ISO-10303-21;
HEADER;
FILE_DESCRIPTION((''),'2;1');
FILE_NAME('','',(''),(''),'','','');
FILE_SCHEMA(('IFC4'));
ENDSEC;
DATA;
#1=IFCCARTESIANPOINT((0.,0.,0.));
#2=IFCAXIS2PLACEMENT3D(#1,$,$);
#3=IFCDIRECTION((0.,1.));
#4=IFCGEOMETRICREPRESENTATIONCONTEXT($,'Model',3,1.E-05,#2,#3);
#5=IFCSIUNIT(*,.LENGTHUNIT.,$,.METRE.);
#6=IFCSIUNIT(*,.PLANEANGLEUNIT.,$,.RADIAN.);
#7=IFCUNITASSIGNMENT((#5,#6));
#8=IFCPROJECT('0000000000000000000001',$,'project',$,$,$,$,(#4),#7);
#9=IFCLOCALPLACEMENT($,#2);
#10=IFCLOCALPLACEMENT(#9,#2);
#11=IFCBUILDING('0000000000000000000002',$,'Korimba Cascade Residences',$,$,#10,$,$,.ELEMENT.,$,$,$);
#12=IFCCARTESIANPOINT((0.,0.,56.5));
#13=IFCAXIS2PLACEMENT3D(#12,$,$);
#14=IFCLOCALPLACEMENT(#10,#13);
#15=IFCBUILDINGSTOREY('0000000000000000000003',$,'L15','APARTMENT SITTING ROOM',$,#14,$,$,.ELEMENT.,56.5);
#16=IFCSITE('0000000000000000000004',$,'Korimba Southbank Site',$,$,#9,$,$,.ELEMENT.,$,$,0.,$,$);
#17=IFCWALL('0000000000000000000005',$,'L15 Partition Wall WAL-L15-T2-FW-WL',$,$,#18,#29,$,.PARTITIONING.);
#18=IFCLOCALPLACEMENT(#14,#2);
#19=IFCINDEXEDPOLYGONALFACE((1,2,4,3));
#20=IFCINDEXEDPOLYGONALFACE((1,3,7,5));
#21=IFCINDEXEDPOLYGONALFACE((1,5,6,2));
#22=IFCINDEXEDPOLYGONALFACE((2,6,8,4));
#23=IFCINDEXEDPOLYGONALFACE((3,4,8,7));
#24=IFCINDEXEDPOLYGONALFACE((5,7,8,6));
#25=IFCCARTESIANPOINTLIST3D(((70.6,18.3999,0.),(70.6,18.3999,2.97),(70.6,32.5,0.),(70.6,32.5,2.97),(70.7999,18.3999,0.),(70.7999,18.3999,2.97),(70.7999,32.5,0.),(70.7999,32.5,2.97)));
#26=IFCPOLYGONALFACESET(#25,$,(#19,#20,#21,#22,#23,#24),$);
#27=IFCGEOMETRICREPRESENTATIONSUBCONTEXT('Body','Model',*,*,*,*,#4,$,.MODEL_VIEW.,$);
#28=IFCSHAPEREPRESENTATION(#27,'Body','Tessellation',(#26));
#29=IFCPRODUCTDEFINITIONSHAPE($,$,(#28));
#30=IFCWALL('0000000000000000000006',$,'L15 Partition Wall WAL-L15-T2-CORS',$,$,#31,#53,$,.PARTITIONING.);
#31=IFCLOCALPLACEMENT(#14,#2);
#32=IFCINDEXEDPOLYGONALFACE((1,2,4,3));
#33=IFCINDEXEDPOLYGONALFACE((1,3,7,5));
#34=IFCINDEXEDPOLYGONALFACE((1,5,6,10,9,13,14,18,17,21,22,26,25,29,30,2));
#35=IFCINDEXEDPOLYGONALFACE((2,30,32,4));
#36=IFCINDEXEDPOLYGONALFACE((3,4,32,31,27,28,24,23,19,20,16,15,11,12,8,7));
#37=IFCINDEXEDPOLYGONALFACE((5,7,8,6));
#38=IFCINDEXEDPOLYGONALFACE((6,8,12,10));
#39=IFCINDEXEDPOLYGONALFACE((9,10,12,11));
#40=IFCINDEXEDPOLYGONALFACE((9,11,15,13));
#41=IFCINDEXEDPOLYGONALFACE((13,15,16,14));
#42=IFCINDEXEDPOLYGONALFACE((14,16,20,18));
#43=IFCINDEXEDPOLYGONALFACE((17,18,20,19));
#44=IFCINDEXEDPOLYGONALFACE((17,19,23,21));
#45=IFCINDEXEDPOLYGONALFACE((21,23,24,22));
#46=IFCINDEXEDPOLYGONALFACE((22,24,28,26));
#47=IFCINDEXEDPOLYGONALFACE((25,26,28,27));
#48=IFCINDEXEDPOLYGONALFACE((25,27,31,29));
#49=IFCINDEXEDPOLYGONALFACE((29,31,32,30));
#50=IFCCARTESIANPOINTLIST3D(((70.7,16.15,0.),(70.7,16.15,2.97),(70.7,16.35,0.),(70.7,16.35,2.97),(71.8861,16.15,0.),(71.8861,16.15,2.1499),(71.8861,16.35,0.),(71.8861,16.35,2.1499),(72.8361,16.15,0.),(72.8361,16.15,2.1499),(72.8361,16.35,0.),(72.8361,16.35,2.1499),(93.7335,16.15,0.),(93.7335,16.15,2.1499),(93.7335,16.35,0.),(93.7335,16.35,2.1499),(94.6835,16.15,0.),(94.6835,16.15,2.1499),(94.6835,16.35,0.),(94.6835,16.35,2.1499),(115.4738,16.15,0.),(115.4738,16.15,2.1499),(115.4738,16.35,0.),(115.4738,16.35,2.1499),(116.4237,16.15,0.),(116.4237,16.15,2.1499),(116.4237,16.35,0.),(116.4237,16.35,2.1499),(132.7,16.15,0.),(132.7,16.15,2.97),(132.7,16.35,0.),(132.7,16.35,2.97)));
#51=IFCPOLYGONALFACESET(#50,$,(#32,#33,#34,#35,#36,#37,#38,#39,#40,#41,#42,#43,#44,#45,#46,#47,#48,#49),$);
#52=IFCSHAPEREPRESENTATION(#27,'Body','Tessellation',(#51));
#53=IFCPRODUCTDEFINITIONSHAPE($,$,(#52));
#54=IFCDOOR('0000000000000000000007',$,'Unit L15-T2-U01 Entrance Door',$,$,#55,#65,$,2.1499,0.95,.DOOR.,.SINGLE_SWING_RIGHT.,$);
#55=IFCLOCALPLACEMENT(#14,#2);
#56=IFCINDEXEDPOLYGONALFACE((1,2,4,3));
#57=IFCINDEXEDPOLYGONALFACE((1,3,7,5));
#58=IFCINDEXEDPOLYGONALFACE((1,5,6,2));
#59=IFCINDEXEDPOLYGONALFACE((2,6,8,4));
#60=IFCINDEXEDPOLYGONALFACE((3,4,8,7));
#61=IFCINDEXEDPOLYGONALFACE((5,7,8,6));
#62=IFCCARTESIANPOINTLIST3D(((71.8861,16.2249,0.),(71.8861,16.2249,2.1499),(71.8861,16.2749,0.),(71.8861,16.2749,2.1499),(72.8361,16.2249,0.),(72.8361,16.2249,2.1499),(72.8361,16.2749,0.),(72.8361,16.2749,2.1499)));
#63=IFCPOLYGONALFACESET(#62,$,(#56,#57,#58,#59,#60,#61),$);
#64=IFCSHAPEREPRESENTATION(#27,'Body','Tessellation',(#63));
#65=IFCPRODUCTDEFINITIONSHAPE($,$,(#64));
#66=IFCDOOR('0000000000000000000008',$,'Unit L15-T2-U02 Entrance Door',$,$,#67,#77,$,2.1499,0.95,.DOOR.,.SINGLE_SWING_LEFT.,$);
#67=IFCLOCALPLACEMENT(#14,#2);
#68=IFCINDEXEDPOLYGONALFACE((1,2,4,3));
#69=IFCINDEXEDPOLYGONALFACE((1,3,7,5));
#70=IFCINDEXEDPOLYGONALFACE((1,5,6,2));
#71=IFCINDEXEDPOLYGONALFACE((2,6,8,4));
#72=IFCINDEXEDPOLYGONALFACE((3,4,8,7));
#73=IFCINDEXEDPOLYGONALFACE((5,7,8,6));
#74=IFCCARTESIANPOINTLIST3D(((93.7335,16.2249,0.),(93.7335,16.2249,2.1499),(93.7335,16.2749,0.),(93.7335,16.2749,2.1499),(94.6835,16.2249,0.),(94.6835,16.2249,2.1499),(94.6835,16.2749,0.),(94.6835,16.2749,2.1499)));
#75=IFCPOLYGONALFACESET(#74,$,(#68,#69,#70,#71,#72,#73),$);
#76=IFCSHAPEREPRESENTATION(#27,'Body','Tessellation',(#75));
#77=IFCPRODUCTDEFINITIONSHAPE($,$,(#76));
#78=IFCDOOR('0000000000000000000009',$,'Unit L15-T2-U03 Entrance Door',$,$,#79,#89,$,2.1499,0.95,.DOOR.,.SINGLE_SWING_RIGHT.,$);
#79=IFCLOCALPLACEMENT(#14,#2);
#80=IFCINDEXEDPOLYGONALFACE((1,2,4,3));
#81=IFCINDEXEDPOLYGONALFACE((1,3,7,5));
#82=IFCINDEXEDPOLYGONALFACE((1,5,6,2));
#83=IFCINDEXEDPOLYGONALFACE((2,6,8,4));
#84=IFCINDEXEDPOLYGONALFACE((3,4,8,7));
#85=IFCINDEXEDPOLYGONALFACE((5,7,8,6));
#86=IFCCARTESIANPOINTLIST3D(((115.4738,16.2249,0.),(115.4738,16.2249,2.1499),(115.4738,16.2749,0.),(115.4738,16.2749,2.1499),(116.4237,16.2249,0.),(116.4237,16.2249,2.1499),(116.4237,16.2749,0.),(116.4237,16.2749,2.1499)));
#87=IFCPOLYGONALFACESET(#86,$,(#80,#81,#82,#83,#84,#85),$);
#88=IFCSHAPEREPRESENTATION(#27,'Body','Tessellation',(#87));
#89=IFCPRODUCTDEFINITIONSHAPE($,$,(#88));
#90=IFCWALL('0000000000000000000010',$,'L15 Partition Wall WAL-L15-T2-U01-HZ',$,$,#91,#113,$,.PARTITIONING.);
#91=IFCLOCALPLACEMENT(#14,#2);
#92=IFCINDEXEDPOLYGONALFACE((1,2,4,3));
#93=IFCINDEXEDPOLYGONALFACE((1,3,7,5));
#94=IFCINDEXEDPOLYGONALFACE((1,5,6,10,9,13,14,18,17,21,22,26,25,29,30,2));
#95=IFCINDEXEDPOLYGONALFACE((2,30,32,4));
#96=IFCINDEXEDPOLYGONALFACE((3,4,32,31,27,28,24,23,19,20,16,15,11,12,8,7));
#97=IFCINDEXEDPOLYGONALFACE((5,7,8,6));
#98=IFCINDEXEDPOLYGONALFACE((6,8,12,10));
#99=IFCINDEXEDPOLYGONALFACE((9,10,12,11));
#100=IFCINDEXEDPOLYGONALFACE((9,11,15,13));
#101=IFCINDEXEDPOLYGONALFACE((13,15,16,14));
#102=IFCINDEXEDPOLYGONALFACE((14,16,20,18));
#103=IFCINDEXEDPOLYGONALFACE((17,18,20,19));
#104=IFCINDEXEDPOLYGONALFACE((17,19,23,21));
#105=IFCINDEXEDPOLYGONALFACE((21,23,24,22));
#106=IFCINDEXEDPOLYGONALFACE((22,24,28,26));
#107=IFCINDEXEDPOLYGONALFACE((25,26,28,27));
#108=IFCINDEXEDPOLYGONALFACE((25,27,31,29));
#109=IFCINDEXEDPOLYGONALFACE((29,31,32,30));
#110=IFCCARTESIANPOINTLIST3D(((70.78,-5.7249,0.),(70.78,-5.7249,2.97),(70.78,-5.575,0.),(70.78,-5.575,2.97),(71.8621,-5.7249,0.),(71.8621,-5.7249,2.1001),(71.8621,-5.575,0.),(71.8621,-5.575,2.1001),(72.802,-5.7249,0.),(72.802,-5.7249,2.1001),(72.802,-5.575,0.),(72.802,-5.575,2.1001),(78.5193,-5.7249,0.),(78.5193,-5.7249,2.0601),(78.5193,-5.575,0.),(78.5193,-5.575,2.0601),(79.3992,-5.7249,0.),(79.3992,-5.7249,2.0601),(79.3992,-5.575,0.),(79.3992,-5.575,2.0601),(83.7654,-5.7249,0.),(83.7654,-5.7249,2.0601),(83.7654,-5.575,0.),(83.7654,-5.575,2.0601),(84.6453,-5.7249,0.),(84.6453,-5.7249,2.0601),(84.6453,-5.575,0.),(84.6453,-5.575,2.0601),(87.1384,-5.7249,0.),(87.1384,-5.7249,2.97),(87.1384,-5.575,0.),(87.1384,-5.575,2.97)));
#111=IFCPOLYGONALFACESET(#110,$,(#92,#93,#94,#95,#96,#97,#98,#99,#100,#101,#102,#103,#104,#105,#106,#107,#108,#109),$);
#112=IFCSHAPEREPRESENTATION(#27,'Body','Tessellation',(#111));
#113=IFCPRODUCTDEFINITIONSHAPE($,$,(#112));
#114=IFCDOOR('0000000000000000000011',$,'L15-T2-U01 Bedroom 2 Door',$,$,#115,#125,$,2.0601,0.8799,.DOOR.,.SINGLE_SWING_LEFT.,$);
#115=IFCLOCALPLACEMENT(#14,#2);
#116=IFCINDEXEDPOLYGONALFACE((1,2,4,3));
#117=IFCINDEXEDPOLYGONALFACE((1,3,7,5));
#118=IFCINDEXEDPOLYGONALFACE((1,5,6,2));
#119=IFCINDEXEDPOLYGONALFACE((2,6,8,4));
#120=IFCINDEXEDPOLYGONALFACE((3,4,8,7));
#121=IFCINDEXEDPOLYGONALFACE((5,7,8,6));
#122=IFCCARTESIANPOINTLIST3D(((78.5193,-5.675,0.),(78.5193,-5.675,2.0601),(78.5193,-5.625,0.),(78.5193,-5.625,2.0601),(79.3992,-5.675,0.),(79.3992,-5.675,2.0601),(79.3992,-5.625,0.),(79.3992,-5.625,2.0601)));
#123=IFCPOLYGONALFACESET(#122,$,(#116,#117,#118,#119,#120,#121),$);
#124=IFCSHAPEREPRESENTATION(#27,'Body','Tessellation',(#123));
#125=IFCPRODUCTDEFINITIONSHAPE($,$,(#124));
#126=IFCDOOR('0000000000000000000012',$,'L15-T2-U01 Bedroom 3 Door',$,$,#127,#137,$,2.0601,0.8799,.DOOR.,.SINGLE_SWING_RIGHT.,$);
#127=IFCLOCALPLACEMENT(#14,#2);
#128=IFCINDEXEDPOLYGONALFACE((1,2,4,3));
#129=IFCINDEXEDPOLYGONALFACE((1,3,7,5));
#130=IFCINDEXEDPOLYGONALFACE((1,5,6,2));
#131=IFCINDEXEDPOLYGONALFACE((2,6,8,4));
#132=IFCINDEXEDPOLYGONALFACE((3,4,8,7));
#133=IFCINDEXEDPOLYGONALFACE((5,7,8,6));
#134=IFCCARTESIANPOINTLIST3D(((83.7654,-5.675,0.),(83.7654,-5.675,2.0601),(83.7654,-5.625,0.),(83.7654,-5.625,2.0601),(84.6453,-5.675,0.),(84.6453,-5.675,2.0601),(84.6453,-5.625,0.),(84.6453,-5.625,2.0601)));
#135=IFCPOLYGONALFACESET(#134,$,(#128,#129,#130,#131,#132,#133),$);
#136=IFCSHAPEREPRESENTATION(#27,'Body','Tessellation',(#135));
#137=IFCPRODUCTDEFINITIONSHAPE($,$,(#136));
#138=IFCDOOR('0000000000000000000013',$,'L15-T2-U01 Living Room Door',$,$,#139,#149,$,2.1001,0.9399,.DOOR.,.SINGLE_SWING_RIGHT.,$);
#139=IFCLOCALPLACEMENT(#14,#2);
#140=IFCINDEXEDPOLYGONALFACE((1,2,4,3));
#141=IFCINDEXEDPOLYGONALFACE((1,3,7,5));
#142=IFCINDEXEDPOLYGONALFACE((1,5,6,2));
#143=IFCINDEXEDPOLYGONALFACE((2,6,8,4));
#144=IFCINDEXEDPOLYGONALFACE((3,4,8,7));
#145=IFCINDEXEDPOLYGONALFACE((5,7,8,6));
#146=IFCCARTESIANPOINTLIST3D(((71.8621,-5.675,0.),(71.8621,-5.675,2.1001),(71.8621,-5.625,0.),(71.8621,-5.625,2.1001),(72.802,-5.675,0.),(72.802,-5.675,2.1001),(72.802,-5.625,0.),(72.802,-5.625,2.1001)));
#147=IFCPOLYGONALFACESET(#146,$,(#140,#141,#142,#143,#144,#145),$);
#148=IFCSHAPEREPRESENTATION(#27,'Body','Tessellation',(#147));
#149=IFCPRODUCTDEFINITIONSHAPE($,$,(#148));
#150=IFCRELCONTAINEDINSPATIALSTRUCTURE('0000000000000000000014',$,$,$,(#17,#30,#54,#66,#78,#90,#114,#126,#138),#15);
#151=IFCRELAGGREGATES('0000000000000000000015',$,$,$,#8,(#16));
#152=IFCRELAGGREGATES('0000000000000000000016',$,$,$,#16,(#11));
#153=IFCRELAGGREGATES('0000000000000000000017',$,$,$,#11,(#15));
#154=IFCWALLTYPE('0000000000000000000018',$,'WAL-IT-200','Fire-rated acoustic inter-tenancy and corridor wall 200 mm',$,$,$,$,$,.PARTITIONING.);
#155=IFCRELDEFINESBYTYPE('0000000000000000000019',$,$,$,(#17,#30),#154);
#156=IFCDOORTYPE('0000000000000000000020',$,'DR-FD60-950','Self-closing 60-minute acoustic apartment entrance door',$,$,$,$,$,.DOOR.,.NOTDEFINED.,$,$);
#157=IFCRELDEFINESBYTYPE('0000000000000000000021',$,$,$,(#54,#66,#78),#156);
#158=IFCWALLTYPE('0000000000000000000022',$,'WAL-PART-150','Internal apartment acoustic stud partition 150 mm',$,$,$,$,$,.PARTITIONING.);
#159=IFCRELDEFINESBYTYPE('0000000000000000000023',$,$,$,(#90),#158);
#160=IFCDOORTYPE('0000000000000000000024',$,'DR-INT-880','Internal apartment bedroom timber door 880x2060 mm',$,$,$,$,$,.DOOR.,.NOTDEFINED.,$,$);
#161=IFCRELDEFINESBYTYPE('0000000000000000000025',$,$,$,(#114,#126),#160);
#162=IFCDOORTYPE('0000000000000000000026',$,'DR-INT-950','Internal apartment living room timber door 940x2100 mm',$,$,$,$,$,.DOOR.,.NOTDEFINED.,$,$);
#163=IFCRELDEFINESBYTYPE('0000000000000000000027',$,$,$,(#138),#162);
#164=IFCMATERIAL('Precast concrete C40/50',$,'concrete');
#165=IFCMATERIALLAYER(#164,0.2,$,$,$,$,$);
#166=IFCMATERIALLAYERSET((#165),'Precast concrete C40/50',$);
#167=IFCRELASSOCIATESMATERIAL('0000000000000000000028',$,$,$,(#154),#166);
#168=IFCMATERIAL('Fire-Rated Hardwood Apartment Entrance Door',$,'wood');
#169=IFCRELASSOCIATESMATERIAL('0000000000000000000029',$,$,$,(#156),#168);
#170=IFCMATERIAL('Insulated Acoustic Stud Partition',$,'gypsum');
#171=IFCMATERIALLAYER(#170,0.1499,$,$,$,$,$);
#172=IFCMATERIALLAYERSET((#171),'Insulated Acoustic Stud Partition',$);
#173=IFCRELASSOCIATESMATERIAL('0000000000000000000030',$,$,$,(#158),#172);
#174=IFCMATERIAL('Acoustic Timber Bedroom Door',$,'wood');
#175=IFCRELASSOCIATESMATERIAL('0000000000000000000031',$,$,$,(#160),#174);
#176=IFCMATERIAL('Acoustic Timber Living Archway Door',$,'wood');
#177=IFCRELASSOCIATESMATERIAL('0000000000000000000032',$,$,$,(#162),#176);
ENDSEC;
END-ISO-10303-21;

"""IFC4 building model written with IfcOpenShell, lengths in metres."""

from ifc_helpers import new_model, si_unit, direction, frame, frame_2d, origin, place, context, subcontext, project, spatial, rectangle, extrude, material, layer, layer_set, type_object, element, fill, save


model = new_model("IFC4")

# Units and contexts
model_context = context("Model", 3, precision=1e-05, world=origin(), true_north=direction((0.0, 1.0)))
body_context = subcontext(model_context, "Body", "Model", "MODEL_VIEW")
ifc_project = project(units=[si_unit("LENGTHUNIT", "METRE"), si_unit("PLANEANGLEUNIT", "RADIAN")], contexts=[model_context])

# Site, building, storey
site_placement = place(None, origin())
site = spatial("IfcSite", under=ifc_project, at=site_placement, Name="Korimba Southbank Site", CompositionType="ELEMENT", RefElevation=0.0)
building_placement = place(site_placement, origin())
building = spatial("IfcBuilding", under=site, at=building_placement, Name="Korimba Cascade Residences", CompositionType="ELEMENT")
storey_placement = place(building_placement, frame((0.0, 0.0, 56.5)))
storey = spatial("IfcBuildingStorey", under=building, at=storey_placement, Name="L15", Description="APARTMENT SITTING ROOM", CompositionType="ELEMENT", Elevation=56.5)

# Wall
ifc_material_1 = material(Name="Precast concrete C40/50", Category="concrete")
ifc_layer_1 = layer(ifc_material_1, 0.2)
ifc_layer_set_1 = layer_set([ifc_layer_1], Name="Precast concrete C40/50")
wall_type_1 = type_object("IfcWallType", Name="WAL-IT-200", Description="Fire-rated acoustic inter-tenancy and corridor wall 200 mm", PredefinedType="PARTITIONING", material=ifc_layer_set_1)
wall_1_placement = place(storey_placement, frame((70.7, 18.3999, 0.0), z_axis=(0.0, 0.0, 1.0), x_axis=(0.0, 1.0, 0.0)))
element("IfcWall", 1, at=wall_1_placement, inside=storey, type_object=wall_type_1, Name="L15 Partition Wall WAL-L15-T2-FW-WL", PredefinedType="PARTITIONING", context=body_context, shape_type="SweptSolid", body=[
    extrude(rectangle(XDim=14.1001, YDim=0.2, at=frame_2d((7.05, 0.0))), origin(), (0.0, 0.0, 1.0), 2.97),
])

# Walls, openings, doors
wall_2_placement = place(storey_placement, frame((70.7, 16.25, 0.0), z_axis=(0.0, 0.0, 1.0), x_axis=(1.0, 0.0, 0.0)))
wall_2 = element("IfcWall", 2, at=wall_2_placement, inside=storey, type_object=wall_type_1, Name="L15 Partition Wall WAL-L15-T2-CORS", PredefinedType="PARTITIONING", context=body_context, shape_type="SweptSolid", body=[
    extrude(rectangle(XDim=62.0, YDim=0.2, at=frame_2d((31.0, 0.0))), origin(), (0.0, 0.0, 1.0), 2.97),
])
opening_1_placement = place(wall_2_placement, frame((1.186, 0.0, 0.0)))
opening_1 = element("IfcOpeningElement", 3, at=opening_1_placement, cuts=wall_2, PredefinedType="OPENING", context=body_context, shape_type="SweptSolid", body=[
    extrude(rectangle(XDim=0.95, YDim=2.1499, at=frame_2d((0.4751, 1.075))), frame((0.0, 0.1099, 0.0), z_axis=(0.0, -1.0, 0.0), x_axis=(1.0, 0.0, 0.0)), (0.0, 0.0, 1.0), 0.22),
])
opening_2_placement = place(wall_2_placement, frame((23.0334, 0.0, 0.0)))
opening_2 = element("IfcOpeningElement", 4, at=opening_2_placement, cuts=wall_2, PredefinedType="OPENING", context=body_context, shape_type="SweptSolid", body=[
    extrude(rectangle(XDim=0.95, YDim=2.1499, at=frame_2d((0.4751, 1.075))), frame((0.0, 0.1099, 0.0), z_axis=(0.0, -1.0, 0.0), x_axis=(1.0, 0.0, 0.0)), (0.0, 0.0, 1.0), 0.22),
])
opening_3_placement = place(wall_2_placement, frame((44.7737, 0.0, 0.0)))
opening_3 = element("IfcOpeningElement", 5, at=opening_3_placement, cuts=wall_2, PredefinedType="OPENING", context=body_context, shape_type="SweptSolid", body=[
    extrude(rectangle(XDim=0.95, YDim=2.1499, at=frame_2d((0.4751, 1.075))), frame((0.0, 0.1099, 0.0), z_axis=(0.0, -1.0, 0.0), x_axis=(1.0, 0.0, 0.0)), (0.0, 0.0, 1.0), 0.22),
])
ifc_material_2 = material(Name="Fire-Rated Hardwood Apartment Entrance Door", Category="wood")
door_type_1 = type_object("IfcDoorType", Name="DR-FD60-950", Description="Self-closing 60-minute acoustic apartment entrance door", OperationType="NOTDEFINED", PredefinedType="DOOR", material=ifc_material_2)
door_1_placement = place(opening_1_placement, origin())
door_1 = element("IfcDoor", 6, at=door_1_placement, inside=storey, type_object=door_type_1, Name="Unit L15-T2-U01 Entrance Door", OperationType="SINGLE_SWING_RIGHT", OverallHeight=2.1499, OverallWidth=0.95, PredefinedType="DOOR", context=body_context, shape_type="SweptSolid", body=[
    extrude(rectangle(XDim=0.95, YDim=2.1499, at=frame_2d((0.4751, 1.075))), frame((0.0, 0.0249, 0.0), z_axis=(0.0, -1.0, 0.0), x_axis=(1.0, 0.0, 0.0)), (0.0, 0.0, 1.0), 0.05),
])
fill(opening_1, door_1)
door_2_placement = place(opening_2_placement, origin())
door_2 = element("IfcDoor", 7, at=door_2_placement, inside=storey, type_object=door_type_1, Name="Unit L15-T2-U02 Entrance Door", OperationType="SINGLE_SWING_LEFT", OverallHeight=2.1499, OverallWidth=0.95, PredefinedType="DOOR", context=body_context, shape_type="SweptSolid", body=[
    extrude(rectangle(XDim=0.95, YDim=2.1499, at=frame_2d((0.4751, 1.075))), frame((0.0, 0.0249, 0.0), z_axis=(0.0, -1.0, 0.0), x_axis=(1.0, 0.0, 0.0)), (0.0, 0.0, 1.0), 0.05),
])
fill(opening_2, door_2)
door_3_placement = place(opening_3_placement, origin())
door_3 = element("IfcDoor", 8, at=door_3_placement, inside=storey, type_object=door_type_1, Name="Unit L15-T2-U03 Entrance Door", OperationType="SINGLE_SWING_RIGHT", OverallHeight=2.1499, OverallWidth=0.95, PredefinedType="DOOR", context=body_context, shape_type="SweptSolid", body=[
    extrude(rectangle(XDim=0.95, YDim=2.1499, at=frame_2d((0.4751, 1.075))), frame((0.0, 0.0249, 0.0), z_axis=(0.0, -1.0, 0.0), x_axis=(1.0, 0.0, 0.0)), (0.0, 0.0, 1.0), 0.05),
])
fill(opening_3, door_3)
ifc_material_3 = material(Name="Insulated Acoustic Stud Partition", Category="gypsum")
ifc_layer_2 = layer(ifc_material_3, 0.1499)
ifc_layer_set_2 = layer_set([ifc_layer_2], Name="Insulated Acoustic Stud Partition")
wall_type_2 = type_object("IfcWallType", Name="WAL-PART-150", Description="Internal apartment acoustic stud partition 150 mm", PredefinedType="PARTITIONING", material=ifc_layer_set_2)
wall_3_placement = place(storey_placement, frame((70.78, -5.6499, 0.0), z_axis=(0.0, 0.0, 1.0), x_axis=(1.0, 0.0, 0.0)))
wall_3 = element("IfcWall", 9, at=wall_3_placement, inside=storey, type_object=wall_type_2, Name="L15 Partition Wall WAL-L15-T2-U01-HZ", PredefinedType="PARTITIONING", context=body_context, shape_type="SweptSolid", body=[
    extrude(rectangle(XDim=16.3584, YDim=0.1499, at=frame_2d((8.1792, 0.0))), origin(), (0.0, 0.0, 1.0), 2.97),
])
opening_4_placement = place(wall_3_placement, frame((1.082, 0.0, 0.0)))
opening_4 = element("IfcOpeningElement", 10, at=opening_4_placement, cuts=wall_3, PredefinedType="OPENING", context=body_context, shape_type="SweptSolid", body=[
    extrude(rectangle(XDim=0.9399, YDim=2.1001, at=frame_2d((0.47, 1.05))), frame((0.0, 0.085, 0.0), z_axis=(0.0, -1.0, 0.0), x_axis=(1.0, 0.0, 0.0)), (0.0, 0.0, 1.0), 0.1699),
])
opening_5_placement = place(wall_3_placement, frame((7.7393, 0.0, 0.0)))
opening_5 = element("IfcOpeningElement", 11, at=opening_5_placement, cuts=wall_3, PredefinedType="OPENING", context=body_context, shape_type="SweptSolid", body=[
    extrude(rectangle(XDim=0.8799, YDim=2.0601, at=frame_2d((0.4399, 1.03))), frame((0.0, 0.085, 0.0), z_axis=(0.0, -1.0, 0.0), x_axis=(1.0, 0.0, 0.0)), (0.0, 0.0, 1.0), 0.1699),
])
opening_6_placement = place(wall_3_placement, frame((12.9854, 0.0, 0.0)))
opening_6 = element("IfcOpeningElement", 12, at=opening_6_placement, cuts=wall_3, PredefinedType="OPENING", context=body_context, shape_type="SweptSolid", body=[
    extrude(rectangle(XDim=0.8799, YDim=2.0601, at=frame_2d((0.4399, 1.03))), frame((0.0, 0.085, 0.0), z_axis=(0.0, -1.0, 0.0), x_axis=(1.0, 0.0, 0.0)), (0.0, 0.0, 1.0), 0.1699),
])
ifc_material_4 = material(Name="Acoustic Timber Bedroom Door", Category="wood")
door_type_2 = type_object("IfcDoorType", Name="DR-INT-880", Description="Internal apartment bedroom timber door 880x2060 mm", OperationType="NOTDEFINED", PredefinedType="DOOR", material=ifc_material_4)
door_4_placement = place(opening_5_placement, origin())
door_4 = element("IfcDoor", 13, at=door_4_placement, inside=storey, type_object=door_type_2, Name="L15-T2-U01 Bedroom 2 Door", OperationType="SINGLE_SWING_LEFT", OverallHeight=2.0601, OverallWidth=0.8799, PredefinedType="DOOR", context=body_context, shape_type="SweptSolid", body=[
    extrude(rectangle(XDim=0.8799, YDim=2.0601, at=frame_2d((0.4399, 1.03))), frame((0.0, 0.0249, 0.0), z_axis=(0.0, -1.0, 0.0), x_axis=(1.0, 0.0, 0.0)), (0.0, 0.0, 1.0), 0.05),
])
fill(opening_5, door_4)
door_5_placement = place(opening_6_placement, origin())
door_5 = element("IfcDoor", 14, at=door_5_placement, inside=storey, type_object=door_type_2, Name="L15-T2-U01 Bedroom 3 Door", OperationType="SINGLE_SWING_RIGHT", OverallHeight=2.0601, OverallWidth=0.8799, PredefinedType="DOOR", context=body_context, shape_type="SweptSolid", body=[
    extrude(rectangle(XDim=0.8799, YDim=2.0601, at=frame_2d((0.4399, 1.03))), frame((0.0, 0.0249, 0.0), z_axis=(0.0, -1.0, 0.0), x_axis=(1.0, 0.0, 0.0)), (0.0, 0.0, 1.0), 0.05),
])
fill(opening_6, door_5)
ifc_material_5 = material(Name="Acoustic Timber Living Archway Door", Category="wood")
door_type_3 = type_object("IfcDoorType", Name="DR-INT-950", Description="Internal apartment living room timber door 940x2100 mm", OperationType="NOTDEFINED", PredefinedType="DOOR", material=ifc_material_5)
door_6_placement = place(opening_4_placement, origin())
door_6 = element("IfcDoor", 15, at=door_6_placement, inside=storey, type_object=door_type_3, Name="L15-T2-U01 Living Room Door", OperationType="SINGLE_SWING_RIGHT", OverallHeight=2.1001, OverallWidth=0.9399, PredefinedType="DOOR", context=body_context, shape_type="SweptSolid", body=[
    extrude(rectangle(XDim=0.9399, YDim=2.1001, at=frame_2d((0.47, 1.05))), frame((0.0, 0.0249, 0.0), z_axis=(0.0, -1.0, 0.0), x_axis=(1.0, 0.0, 0.0)), (0.0, 0.0, 1.0), 0.05),
])
fill(opening_4, door_6)

save(model, "model.ifc")
